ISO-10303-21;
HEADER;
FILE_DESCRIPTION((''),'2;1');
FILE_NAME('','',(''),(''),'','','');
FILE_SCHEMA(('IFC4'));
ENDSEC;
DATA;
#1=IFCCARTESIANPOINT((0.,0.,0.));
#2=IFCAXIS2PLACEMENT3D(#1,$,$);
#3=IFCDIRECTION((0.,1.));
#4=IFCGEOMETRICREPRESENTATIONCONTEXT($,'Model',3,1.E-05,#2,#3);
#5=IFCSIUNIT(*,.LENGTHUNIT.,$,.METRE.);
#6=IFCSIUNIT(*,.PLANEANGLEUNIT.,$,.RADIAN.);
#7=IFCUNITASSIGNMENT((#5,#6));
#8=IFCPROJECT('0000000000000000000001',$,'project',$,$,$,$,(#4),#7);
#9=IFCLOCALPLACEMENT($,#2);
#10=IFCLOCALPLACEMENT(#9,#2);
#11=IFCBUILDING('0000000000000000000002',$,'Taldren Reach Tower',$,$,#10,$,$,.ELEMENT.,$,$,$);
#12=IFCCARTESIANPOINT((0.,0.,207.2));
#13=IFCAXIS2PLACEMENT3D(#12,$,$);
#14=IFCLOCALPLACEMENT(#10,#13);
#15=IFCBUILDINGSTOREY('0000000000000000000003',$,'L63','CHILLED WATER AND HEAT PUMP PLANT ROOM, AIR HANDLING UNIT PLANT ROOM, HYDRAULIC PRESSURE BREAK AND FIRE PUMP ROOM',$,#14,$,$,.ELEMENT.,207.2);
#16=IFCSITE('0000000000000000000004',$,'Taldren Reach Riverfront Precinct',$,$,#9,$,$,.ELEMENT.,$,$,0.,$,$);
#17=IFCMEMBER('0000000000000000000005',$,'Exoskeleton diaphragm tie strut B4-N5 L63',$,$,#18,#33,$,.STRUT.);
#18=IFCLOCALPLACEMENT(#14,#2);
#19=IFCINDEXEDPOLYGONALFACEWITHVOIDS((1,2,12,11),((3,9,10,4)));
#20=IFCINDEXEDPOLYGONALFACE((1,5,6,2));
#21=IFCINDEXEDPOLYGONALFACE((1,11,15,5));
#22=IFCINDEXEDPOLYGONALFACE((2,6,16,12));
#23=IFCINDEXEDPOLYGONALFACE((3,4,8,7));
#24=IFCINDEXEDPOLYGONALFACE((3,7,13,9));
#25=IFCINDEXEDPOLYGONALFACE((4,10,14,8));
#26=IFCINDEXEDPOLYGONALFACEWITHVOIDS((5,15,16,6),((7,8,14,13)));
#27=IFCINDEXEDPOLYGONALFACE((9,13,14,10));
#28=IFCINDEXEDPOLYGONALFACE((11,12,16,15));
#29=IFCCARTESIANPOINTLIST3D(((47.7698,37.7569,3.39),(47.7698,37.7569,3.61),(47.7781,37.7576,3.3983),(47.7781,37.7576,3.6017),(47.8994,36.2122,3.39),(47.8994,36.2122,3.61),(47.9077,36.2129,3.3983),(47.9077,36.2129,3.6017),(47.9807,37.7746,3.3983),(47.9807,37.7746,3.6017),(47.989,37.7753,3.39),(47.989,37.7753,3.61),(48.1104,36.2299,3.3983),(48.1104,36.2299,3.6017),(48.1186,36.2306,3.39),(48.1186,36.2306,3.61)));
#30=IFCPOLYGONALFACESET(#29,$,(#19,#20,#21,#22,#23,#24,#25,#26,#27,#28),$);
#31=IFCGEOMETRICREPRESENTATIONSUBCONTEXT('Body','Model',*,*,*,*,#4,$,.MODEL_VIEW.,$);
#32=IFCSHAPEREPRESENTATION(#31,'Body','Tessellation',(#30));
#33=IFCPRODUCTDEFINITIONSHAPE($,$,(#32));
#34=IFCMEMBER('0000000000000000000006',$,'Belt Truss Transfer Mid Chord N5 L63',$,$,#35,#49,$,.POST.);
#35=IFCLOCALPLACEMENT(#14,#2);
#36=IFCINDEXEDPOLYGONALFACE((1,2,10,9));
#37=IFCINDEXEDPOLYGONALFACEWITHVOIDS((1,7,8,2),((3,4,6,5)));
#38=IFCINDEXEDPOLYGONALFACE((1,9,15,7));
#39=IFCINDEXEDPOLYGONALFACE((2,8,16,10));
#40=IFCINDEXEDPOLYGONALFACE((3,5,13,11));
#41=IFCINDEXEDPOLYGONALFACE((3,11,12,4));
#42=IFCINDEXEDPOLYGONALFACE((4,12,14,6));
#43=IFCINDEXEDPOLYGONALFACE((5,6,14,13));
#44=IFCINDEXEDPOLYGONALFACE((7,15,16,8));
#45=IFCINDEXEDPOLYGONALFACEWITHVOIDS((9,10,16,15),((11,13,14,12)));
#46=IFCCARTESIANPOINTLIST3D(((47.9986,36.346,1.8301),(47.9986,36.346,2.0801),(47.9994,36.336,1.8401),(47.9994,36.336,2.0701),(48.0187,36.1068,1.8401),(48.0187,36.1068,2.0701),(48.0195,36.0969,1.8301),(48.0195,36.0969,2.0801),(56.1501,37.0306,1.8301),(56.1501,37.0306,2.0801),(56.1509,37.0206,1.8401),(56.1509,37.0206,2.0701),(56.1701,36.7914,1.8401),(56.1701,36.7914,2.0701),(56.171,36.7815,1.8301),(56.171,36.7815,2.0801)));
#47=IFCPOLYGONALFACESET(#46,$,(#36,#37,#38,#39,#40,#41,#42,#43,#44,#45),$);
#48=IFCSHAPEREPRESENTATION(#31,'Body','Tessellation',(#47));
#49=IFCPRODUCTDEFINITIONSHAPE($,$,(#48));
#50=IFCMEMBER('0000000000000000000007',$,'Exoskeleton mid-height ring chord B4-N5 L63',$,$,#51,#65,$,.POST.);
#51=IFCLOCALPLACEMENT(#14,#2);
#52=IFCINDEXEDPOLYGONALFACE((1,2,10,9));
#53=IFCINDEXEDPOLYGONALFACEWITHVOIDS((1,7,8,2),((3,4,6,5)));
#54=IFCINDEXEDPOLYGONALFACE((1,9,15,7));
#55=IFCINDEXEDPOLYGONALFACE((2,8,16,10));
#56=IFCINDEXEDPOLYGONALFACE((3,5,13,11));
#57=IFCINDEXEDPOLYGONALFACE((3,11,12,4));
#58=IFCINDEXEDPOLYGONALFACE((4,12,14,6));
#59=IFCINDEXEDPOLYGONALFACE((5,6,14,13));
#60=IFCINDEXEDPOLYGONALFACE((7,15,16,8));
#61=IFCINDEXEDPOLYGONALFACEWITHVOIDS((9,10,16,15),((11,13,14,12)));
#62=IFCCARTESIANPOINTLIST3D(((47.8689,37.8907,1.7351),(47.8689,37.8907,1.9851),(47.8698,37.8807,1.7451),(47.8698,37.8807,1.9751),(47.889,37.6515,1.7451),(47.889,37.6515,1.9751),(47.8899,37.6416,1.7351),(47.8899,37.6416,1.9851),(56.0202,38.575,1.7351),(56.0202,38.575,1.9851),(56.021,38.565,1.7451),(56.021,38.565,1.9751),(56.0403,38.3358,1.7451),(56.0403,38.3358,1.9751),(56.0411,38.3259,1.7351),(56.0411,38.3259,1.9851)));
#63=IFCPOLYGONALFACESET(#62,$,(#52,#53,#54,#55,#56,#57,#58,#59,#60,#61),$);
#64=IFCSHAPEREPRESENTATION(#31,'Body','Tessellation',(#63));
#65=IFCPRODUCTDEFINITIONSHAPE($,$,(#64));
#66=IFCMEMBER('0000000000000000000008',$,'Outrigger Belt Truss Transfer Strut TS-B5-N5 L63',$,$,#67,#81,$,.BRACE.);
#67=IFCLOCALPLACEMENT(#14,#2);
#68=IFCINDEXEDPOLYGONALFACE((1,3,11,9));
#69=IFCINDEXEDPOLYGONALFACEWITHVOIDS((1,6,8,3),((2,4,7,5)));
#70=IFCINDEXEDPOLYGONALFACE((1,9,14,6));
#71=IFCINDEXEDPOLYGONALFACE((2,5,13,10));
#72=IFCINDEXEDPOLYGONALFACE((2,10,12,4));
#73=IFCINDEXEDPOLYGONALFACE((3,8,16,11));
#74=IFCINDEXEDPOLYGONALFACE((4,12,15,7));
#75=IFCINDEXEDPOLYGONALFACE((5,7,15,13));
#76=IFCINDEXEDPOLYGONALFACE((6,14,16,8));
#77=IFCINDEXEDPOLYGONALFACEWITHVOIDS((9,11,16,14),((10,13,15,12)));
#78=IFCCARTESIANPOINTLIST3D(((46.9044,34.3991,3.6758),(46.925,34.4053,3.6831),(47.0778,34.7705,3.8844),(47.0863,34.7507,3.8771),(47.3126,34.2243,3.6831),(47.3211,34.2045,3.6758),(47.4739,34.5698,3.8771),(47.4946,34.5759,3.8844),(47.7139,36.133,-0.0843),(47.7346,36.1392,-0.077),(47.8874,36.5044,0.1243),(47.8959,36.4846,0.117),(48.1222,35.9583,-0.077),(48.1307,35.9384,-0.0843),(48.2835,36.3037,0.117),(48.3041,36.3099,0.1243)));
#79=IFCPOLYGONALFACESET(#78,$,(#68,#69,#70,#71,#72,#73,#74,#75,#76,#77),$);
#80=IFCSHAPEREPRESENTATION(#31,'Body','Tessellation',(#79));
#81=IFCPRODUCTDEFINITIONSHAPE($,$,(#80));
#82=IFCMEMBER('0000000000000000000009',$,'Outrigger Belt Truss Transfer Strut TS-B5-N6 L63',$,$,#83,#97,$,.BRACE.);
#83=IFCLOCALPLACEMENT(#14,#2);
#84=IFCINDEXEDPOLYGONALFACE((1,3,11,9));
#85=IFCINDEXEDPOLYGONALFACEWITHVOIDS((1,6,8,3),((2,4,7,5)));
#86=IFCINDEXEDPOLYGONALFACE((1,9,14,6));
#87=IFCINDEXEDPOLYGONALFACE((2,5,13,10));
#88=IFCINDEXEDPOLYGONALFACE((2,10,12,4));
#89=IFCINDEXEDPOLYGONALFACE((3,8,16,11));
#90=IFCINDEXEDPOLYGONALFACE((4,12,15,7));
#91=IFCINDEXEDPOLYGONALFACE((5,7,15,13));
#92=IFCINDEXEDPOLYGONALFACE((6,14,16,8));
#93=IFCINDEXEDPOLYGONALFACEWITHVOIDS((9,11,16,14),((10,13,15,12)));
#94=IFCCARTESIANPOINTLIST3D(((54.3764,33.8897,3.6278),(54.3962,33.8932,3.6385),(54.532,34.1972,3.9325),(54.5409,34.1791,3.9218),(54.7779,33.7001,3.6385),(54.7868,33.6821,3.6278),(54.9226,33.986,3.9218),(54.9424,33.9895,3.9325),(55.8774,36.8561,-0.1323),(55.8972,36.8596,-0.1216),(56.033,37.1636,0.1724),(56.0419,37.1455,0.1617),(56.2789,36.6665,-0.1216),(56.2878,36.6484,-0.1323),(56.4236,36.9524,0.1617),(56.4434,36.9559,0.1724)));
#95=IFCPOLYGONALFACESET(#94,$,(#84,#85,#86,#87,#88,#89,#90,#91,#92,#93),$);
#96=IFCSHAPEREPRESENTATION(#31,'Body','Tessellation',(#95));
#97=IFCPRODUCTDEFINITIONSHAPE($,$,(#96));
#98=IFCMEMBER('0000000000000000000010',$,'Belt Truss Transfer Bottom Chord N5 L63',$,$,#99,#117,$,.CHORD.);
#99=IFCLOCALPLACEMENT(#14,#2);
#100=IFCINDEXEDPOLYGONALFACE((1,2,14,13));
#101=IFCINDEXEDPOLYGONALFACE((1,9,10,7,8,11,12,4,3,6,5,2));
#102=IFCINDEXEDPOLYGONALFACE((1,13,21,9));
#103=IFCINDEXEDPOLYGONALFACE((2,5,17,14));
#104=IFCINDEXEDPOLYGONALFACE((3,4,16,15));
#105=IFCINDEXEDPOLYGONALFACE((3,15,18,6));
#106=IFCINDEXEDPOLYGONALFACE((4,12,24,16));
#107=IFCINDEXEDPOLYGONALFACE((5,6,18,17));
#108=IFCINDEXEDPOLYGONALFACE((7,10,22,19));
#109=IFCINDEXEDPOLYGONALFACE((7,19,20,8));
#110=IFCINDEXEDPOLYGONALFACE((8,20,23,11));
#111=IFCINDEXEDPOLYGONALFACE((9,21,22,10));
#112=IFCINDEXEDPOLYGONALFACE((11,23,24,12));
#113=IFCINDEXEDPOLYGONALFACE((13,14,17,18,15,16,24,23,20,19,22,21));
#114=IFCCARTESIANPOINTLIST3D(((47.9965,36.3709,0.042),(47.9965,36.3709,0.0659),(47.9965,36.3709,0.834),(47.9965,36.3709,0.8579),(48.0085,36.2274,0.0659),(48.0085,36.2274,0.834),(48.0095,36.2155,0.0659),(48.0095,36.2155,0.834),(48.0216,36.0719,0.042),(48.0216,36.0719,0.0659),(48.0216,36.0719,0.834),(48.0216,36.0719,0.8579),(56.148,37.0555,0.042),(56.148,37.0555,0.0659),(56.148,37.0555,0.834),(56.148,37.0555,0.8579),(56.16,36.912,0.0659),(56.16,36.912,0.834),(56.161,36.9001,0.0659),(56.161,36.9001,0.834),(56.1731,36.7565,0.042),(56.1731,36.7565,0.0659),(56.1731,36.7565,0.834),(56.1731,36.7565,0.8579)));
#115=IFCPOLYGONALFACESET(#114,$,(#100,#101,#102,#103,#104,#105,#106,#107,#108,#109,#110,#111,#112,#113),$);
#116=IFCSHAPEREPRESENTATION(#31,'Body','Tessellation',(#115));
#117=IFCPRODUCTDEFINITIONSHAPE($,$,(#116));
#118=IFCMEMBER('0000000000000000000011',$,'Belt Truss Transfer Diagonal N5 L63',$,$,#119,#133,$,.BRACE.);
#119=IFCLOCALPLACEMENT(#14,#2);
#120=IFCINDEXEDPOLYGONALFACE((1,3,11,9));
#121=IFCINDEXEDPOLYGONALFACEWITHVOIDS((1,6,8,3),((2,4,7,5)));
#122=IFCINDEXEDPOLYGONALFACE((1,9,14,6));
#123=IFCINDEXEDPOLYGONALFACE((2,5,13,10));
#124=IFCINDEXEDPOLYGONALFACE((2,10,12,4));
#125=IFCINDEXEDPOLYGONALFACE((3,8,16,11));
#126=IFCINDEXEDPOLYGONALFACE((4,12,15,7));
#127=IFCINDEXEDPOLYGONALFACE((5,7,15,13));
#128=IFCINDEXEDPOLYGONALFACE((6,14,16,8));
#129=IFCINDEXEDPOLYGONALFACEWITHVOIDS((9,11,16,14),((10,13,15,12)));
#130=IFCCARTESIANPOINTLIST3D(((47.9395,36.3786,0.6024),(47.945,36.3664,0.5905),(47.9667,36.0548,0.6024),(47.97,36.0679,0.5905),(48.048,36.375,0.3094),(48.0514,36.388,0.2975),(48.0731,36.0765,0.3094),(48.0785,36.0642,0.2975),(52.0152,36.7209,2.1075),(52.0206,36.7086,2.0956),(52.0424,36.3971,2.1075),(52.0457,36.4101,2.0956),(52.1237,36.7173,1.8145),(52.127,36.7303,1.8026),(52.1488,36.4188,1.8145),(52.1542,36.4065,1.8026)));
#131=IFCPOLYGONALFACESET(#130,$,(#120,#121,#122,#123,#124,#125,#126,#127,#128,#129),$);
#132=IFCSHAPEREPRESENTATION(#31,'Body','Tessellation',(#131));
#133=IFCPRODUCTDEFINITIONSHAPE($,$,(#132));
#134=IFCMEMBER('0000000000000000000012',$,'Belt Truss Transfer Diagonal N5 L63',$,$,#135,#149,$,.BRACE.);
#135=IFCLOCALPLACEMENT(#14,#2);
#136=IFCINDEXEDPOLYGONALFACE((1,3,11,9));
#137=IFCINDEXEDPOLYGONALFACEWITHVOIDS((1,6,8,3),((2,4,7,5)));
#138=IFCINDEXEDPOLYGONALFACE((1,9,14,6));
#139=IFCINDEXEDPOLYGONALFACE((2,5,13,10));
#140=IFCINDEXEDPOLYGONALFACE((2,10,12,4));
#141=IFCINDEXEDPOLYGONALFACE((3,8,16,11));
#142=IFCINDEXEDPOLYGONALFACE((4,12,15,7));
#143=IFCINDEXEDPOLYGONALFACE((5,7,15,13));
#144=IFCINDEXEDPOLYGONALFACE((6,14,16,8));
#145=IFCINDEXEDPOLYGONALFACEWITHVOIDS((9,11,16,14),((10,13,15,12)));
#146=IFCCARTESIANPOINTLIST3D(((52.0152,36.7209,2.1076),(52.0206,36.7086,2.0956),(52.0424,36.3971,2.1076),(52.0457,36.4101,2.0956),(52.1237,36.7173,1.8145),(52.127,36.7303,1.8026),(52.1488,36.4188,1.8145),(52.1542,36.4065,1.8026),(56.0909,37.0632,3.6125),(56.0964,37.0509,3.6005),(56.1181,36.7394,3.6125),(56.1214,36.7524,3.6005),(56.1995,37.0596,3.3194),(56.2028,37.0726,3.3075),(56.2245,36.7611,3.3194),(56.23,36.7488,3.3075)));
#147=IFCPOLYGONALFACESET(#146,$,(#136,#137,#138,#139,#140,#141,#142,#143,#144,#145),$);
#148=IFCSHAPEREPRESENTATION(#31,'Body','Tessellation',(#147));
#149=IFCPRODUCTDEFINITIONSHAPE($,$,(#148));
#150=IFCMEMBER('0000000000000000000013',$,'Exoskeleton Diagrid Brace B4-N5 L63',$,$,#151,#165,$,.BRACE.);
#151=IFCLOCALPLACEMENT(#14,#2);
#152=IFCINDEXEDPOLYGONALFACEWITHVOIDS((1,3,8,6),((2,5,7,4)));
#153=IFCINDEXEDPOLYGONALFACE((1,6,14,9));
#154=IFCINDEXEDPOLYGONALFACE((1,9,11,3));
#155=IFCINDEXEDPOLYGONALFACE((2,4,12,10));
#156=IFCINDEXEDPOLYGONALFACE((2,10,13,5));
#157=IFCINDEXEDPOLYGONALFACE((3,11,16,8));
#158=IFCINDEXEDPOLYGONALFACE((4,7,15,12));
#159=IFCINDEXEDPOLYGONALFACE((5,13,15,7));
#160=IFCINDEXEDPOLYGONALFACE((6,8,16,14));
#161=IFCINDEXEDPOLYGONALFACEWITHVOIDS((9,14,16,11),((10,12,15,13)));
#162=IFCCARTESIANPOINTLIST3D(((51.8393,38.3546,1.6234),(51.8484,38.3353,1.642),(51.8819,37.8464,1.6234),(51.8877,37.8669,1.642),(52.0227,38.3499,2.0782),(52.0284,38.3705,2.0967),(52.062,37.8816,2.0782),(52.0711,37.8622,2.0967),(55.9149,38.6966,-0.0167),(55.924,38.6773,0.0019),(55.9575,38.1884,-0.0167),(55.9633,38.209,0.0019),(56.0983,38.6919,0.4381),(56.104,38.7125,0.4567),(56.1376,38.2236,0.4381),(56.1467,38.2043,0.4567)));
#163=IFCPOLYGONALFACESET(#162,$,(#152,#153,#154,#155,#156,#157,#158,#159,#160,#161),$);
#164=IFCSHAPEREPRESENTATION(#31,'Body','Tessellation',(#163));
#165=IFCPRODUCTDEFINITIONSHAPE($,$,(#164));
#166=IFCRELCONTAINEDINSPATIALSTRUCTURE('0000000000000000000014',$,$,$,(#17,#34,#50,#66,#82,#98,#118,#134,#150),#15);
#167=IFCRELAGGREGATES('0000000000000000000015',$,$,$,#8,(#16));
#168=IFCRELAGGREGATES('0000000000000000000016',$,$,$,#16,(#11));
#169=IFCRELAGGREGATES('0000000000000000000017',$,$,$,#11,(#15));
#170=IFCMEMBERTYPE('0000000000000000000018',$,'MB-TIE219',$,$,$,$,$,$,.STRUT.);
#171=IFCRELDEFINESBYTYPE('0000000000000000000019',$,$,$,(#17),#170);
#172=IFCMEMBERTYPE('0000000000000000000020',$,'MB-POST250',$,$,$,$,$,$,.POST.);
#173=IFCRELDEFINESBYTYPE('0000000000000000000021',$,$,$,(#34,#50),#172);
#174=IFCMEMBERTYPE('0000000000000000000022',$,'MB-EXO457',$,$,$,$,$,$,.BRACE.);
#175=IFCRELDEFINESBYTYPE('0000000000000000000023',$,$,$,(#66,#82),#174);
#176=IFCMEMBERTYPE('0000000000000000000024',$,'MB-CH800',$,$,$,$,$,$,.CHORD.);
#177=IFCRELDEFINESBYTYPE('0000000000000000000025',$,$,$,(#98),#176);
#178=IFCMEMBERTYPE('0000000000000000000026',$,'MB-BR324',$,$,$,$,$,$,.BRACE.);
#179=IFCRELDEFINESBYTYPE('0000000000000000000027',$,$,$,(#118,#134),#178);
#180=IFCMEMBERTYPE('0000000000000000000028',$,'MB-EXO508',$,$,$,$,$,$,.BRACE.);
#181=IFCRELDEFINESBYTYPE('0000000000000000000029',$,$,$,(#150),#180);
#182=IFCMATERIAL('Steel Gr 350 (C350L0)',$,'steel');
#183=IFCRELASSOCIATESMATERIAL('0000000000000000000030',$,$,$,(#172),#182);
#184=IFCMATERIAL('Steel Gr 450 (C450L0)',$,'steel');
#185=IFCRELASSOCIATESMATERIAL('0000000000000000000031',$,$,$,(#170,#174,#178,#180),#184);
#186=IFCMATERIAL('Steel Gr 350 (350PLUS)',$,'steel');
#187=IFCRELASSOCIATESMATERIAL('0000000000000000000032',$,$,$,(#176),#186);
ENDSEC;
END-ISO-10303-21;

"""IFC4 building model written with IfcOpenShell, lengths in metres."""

from ifc_helpers import new_model, si_unit, direction, frame, origin, origin_2d, place, context, subcontext, project, spatial, hollow_rectangle, i_section, extrude, source, transform, mapped, material, material_profile, profile_set, type_object, element, save


model = new_model("IFC4")

# Units and contexts
model_context = context("Model", 3, precision=1e-05, world=origin(), true_north=direction((0.0, 1.0)))
body_context = subcontext(model_context, "Body", "Model", "MODEL_VIEW")
ifc_project = project(units=[si_unit("LENGTHUNIT", "METRE"), si_unit("PLANEANGLEUNIT", "RADIAN")], contexts=[model_context])

# Site, building, storey
site_placement = place(None, origin())
site = spatial("IfcSite", under=ifc_project, at=site_placement, Name="Taldren Reach Riverfront Precinct", CompositionType="ELEMENT", RefElevation=0.0)
building_placement = place(site_placement, origin())
building = spatial("IfcBuilding", under=site, at=building_placement, Name="Taldren Reach Tower", CompositionType="ELEMENT")
storey_placement = place(building_placement, frame((0.0, 0.0, 207.2)))
storey = spatial("IfcBuildingStorey", under=building, at=storey_placement, Name="L63", Description="CHILLED WATER AND HEAT PUMP PLANT ROOM, AIR HANDLING UNIT PLANT ROOM, HYDRAULIC PRESSURE BREAK AND FIRE PUMP ROOM", CompositionType="ELEMENT", Elevation=207.2)

# Shared definitions
ifc_material_1 = material(Name="Steel Gr 350 (C350L0)", Category="steel")
ifc_material_2 = material(Name="Steel Gr 350 (350PLUS)", Category="steel")

# Shared definitions
ifc_material_profile_1 = material_profile(ifc_material_1, hollow_rectangle(XDim=0.25, YDim=0.25, WallThickness=0.01, at=origin_2d()), Name="250x250x10.0SHS")
ifc_profile_set_1 = profile_set([ifc_material_profile_1], Name="Steel Gr 350 (C350L0)")
member_type_1 = type_object("IfcMemberType", Name="MB-POST250", PredefinedType="POST", material=ifc_profile_set_1)

# Members
ifc_material_3 = material(Name="Steel Gr 450 (C450L0)", Category="steel")
ifc_material_profile_2 = material_profile(ifc_material_3, hollow_rectangle(XDim=0.22, YDim=0.22, WallThickness=0.0083, at=origin_2d()), Name="220x220x8.2SHS")
ifc_profile_set_2 = profile_set([ifc_material_profile_2], Name="Steel Gr 450 (C450L0)")
member_type_2 = type_object("IfcMemberType", Name="MB-TIE219", PredefinedType="STRUT", material=ifc_profile_set_2)
shared_shape_1 = source(origin(), body_context, "Body", "SweptSolid", [
    extrude(hollow_rectangle(XDim=0.22, YDim=0.22, WallThickness=0.0083, at=origin_2d()), origin(), (0.0, 0.0, 1.0), 1.55),
])
member_1_placement = place(storey_placement, frame((48.009, 36.2214, 3.5), z_axis=(-0.083632, 0.996497, 0.0), x_axis=(-0.996497, -0.083632, 0.0)))
element("IfcMember", 1, at=member_1_placement, inside=storey, type_object=member_type_2, Name="Exoskeleton diaphragm tie strut B4-N5 L63", PredefinedType="STRUT", context=body_context, shape_type="MappedRepresentation", body=[
    mapped(shared_shape_1, transform((0.0, 0.0, 0.0), scale=1.0)),
])
shared_shape_2 = source(origin(), body_context, "Body", "SweptSolid", [
    extrude(hollow_rectangle(XDim=0.25, YDim=0.25, WallThickness=0.01, at=origin_2d()), origin(), (0.0, 0.0, 1.0), 8.1802),
])
member_2_placement = place(storey_placement, frame((48.009, 36.2214, 1.9551), z_axis=(0.996492, 0.083688, 0.0), x_axis=(-0.083688, 0.996492, 0.0)))
element("IfcMember", 2, at=member_2_placement, inside=storey, type_object=member_type_1, Name="Belt Truss Transfer Mid Chord N5 L63", PredefinedType="POST", context=body_context, shape_type="MappedRepresentation", body=[
    mapped(shared_shape_2, transform((0.0, 0.0, 0.0), scale=1.0)),
])
shared_shape_3 = source(origin(), body_context, "Body", "SweptSolid", [
    extrude(hollow_rectangle(XDim=0.25, YDim=0.25, WallThickness=0.01, at=origin_2d()), origin(), (0.0, 0.0, 1.0), 8.1799),
])
member_3_placement = place(storey_placement, frame((47.8794, 37.7661, 1.8601), z_axis=(0.996495, 0.083658, 0.0), x_axis=(-0.083658, 0.996495, 0.0)))
element("IfcMember", 3, at=member_3_placement, inside=storey, type_object=member_type_1, Name="Exoskeleton mid-height ring chord B4-N5 L63", PredefinedType="POST", context=body_context, shape_type="MappedRepresentation", body=[
    mapped(shared_shape_3, transform((0.0, 0.0, 0.0), scale=1.0)),
])
ifc_material_profile_3 = material_profile(ifc_material_3, hollow_rectangle(XDim=0.46, YDim=0.46, WallThickness=0.0161, at=origin_2d()), Name="460x460x16.0SHS")
ifc_profile_set_3 = profile_set([ifc_material_profile_3], Name="Steel Gr 450 (C450L0)")
member_type_3 = type_object("IfcMemberType", Name="MB-EXO457", PredefinedType="BRACE", material=ifc_profile_set_3)
shared_shape_4 = source(origin(), body_context, "Body", "SweptSolid", [
    extrude(hollow_rectangle(XDim=0.46, YDim=0.46, WallThickness=0.0161, at=origin_2d()), origin(), (0.0, 0.0, 1.0), 4.219),
])
member_4_placement = place(storey_placement, frame((48.009, 36.2214, 0.02), z_axis=(-0.19189, -0.410977, 0.891222), x_axis=(0.906098, -0.423067, 0.0)))
element("IfcMember", 4, at=member_4_placement, inside=storey, type_object=member_type_3, Name="Outrigger Belt Truss Transfer Strut TS-B5-N5 L63", PredefinedType="BRACE", context=body_context, shape_type="MappedRepresentation", body=[
    mapped(shared_shape_4, transform((0.0, 0.0, 0.0), scale=1.0)),
])
shared_shape_5 = source(origin(), body_context, "Body", "SweptSolid", [
    extrude(hollow_rectangle(XDim=0.46, YDim=0.46, WallThickness=0.0161, at=origin_2d()), origin(), (0.0, 0.0, 1.0), 5.019),
])
member_5_placement = place(storey_placement, frame((56.1604, 36.906, 0.02), z_axis=(-0.299063, -0.591025, 0.749167), x_axis=(0.892273, -0.451497, 0.0)))
element("IfcMember", 5, at=member_5_placement, inside=storey, type_object=member_type_3, Name="Outrigger Belt Truss Transfer Strut TS-B5-N6 L63", PredefinedType="BRACE", context=body_context, shape_type="MappedRepresentation", body=[
    mapped(shared_shape_5, transform((0.0, 0.0, 0.0), scale=1.0)),
])
ifc_material_profile_4 = material_profile(ifc_material_2, i_section(OverallWidth=0.3, OverallDepth=0.8159, WebThickness=0.012, FlangeThickness=0.0239, at=origin_2d()), Name="800WB192")
ifc_profile_set_4 = profile_set([ifc_material_profile_4], Name="Steel Gr 350 (350PLUS)")
member_type_4 = type_object("IfcMemberType", Name="MB-CH800", PredefinedType="CHORD", material=ifc_profile_set_4)
shared_shape_6 = source(origin(), body_context, "Body", "SweptSolid", [
    extrude(i_section(OverallWidth=0.3, OverallDepth=0.8159, WebThickness=0.012, FlangeThickness=0.0239, at=origin_2d()), origin(), (0.0, 0.0, 1.0), 8.1802),
])
member_6_placement = place(storey_placement, frame((48.009, 36.2214, 0.45), z_axis=(0.996492, 0.083688, 0.0), x_axis=(-0.083688, 0.996492, 0.0)))
element("IfcMember", 6, at=member_6_placement, inside=storey, type_object=member_type_4, Name="Belt Truss Transfer Bottom Chord N5 L63", PredefinedType="CHORD", context=body_context, shape_type="MappedRepresentation", body=[
    mapped(shared_shape_6, transform((0.0, 0.0, 0.0), scale=1.0)),
])
ifc_material_profile_5 = material_profile(ifc_material_3, hollow_rectangle(XDim=0.325, YDim=0.325, WallThickness=0.0127, at=origin_2d()), Name="325x325x12.7SHS")
ifc_profile_set_5 = profile_set([ifc_material_profile_5], Name="Steel Gr 450 (C450L0)")
member_type_5 = type_object("IfcMemberType", Name="MB-BR324", PredefinedType="BRACE", material=ifc_profile_set_5)
shared_shape_7 = source(origin(), body_context, "Body", "SweptSolid", [
    extrude(hollow_rectangle(XDim=0.325, YDim=0.325, WallThickness=0.0127, at=origin_2d()), origin(), (0.0, 0.0, 1.0), 4.3582),
])
for number, where, z_axis, x_axis, name in (
    (7, (48.009, 36.2214, 0.45), (0.935179, 0.078538, 0.345356), (-0.083688, 0.996492, 0.0), "Belt Truss Transfer Diagonal N5 L63"),
    (8, (52.0847, 36.5637, 1.9551), (0.935198, 0.07854, 0.345307), (-0.083688, 0.996492, 0.0), "Belt Truss Transfer Diagonal N5 L63"),
):
    element("IfcMember", number, at=place(storey_placement, frame(where, z_axis=z_axis, x_axis=x_axis)), inside=storey, type_object=member_type_5, Name=name, PredefinedType="BRACE", context=body_context, shape_type="MappedRepresentation", body=[
        mapped(shared_shape_7, transform((0.0, 0.0, 0.0), scale=1.0)),
    ])
ifc_material_profile_6 = material_profile(ifc_material_3, hollow_rectangle(XDim=0.51, YDim=0.51, WallThickness=0.02, at=origin_2d()), Name="510x510x20.0SHS")
ifc_profile_set_6 = profile_set([ifc_material_profile_6], Name="Steel Gr 450 (C450L0)")
member_type_6 = type_object("IfcMemberType", Name="MB-EXO508", PredefinedType="BRACE", material=ifc_profile_set_6)
shared_shape_8 = source(origin(), body_context, "Body", "SweptSolid", [
    extrude(hollow_rectangle(XDim=0.51, YDim=0.51, WallThickness=0.02, at=origin_2d()), origin(), (0.0, 0.0, 1.0), 4.4065),
])
for number, where, z_axis, x_axis, name in (
    (9, (56.0308, 38.4504, 0.22), (-0.924902, -0.07762, 0.372199), (0.083628, -0.996497, 0.0), "Exoskeleton Diagrid Brace B4-N5 L63"),
):
    element("IfcMember", number, at=place(storey_placement, frame(where, z_axis=z_axis, x_axis=x_axis)), inside=storey, type_object=member_type_6, Name=name, PredefinedType="BRACE", context=body_context, shape_type="MappedRepresentation", body=[
        mapped(shared_shape_8, transform((0.0, 0.0, 0.0), scale=1.0)),
    ])

save(model, "model.ifc")
